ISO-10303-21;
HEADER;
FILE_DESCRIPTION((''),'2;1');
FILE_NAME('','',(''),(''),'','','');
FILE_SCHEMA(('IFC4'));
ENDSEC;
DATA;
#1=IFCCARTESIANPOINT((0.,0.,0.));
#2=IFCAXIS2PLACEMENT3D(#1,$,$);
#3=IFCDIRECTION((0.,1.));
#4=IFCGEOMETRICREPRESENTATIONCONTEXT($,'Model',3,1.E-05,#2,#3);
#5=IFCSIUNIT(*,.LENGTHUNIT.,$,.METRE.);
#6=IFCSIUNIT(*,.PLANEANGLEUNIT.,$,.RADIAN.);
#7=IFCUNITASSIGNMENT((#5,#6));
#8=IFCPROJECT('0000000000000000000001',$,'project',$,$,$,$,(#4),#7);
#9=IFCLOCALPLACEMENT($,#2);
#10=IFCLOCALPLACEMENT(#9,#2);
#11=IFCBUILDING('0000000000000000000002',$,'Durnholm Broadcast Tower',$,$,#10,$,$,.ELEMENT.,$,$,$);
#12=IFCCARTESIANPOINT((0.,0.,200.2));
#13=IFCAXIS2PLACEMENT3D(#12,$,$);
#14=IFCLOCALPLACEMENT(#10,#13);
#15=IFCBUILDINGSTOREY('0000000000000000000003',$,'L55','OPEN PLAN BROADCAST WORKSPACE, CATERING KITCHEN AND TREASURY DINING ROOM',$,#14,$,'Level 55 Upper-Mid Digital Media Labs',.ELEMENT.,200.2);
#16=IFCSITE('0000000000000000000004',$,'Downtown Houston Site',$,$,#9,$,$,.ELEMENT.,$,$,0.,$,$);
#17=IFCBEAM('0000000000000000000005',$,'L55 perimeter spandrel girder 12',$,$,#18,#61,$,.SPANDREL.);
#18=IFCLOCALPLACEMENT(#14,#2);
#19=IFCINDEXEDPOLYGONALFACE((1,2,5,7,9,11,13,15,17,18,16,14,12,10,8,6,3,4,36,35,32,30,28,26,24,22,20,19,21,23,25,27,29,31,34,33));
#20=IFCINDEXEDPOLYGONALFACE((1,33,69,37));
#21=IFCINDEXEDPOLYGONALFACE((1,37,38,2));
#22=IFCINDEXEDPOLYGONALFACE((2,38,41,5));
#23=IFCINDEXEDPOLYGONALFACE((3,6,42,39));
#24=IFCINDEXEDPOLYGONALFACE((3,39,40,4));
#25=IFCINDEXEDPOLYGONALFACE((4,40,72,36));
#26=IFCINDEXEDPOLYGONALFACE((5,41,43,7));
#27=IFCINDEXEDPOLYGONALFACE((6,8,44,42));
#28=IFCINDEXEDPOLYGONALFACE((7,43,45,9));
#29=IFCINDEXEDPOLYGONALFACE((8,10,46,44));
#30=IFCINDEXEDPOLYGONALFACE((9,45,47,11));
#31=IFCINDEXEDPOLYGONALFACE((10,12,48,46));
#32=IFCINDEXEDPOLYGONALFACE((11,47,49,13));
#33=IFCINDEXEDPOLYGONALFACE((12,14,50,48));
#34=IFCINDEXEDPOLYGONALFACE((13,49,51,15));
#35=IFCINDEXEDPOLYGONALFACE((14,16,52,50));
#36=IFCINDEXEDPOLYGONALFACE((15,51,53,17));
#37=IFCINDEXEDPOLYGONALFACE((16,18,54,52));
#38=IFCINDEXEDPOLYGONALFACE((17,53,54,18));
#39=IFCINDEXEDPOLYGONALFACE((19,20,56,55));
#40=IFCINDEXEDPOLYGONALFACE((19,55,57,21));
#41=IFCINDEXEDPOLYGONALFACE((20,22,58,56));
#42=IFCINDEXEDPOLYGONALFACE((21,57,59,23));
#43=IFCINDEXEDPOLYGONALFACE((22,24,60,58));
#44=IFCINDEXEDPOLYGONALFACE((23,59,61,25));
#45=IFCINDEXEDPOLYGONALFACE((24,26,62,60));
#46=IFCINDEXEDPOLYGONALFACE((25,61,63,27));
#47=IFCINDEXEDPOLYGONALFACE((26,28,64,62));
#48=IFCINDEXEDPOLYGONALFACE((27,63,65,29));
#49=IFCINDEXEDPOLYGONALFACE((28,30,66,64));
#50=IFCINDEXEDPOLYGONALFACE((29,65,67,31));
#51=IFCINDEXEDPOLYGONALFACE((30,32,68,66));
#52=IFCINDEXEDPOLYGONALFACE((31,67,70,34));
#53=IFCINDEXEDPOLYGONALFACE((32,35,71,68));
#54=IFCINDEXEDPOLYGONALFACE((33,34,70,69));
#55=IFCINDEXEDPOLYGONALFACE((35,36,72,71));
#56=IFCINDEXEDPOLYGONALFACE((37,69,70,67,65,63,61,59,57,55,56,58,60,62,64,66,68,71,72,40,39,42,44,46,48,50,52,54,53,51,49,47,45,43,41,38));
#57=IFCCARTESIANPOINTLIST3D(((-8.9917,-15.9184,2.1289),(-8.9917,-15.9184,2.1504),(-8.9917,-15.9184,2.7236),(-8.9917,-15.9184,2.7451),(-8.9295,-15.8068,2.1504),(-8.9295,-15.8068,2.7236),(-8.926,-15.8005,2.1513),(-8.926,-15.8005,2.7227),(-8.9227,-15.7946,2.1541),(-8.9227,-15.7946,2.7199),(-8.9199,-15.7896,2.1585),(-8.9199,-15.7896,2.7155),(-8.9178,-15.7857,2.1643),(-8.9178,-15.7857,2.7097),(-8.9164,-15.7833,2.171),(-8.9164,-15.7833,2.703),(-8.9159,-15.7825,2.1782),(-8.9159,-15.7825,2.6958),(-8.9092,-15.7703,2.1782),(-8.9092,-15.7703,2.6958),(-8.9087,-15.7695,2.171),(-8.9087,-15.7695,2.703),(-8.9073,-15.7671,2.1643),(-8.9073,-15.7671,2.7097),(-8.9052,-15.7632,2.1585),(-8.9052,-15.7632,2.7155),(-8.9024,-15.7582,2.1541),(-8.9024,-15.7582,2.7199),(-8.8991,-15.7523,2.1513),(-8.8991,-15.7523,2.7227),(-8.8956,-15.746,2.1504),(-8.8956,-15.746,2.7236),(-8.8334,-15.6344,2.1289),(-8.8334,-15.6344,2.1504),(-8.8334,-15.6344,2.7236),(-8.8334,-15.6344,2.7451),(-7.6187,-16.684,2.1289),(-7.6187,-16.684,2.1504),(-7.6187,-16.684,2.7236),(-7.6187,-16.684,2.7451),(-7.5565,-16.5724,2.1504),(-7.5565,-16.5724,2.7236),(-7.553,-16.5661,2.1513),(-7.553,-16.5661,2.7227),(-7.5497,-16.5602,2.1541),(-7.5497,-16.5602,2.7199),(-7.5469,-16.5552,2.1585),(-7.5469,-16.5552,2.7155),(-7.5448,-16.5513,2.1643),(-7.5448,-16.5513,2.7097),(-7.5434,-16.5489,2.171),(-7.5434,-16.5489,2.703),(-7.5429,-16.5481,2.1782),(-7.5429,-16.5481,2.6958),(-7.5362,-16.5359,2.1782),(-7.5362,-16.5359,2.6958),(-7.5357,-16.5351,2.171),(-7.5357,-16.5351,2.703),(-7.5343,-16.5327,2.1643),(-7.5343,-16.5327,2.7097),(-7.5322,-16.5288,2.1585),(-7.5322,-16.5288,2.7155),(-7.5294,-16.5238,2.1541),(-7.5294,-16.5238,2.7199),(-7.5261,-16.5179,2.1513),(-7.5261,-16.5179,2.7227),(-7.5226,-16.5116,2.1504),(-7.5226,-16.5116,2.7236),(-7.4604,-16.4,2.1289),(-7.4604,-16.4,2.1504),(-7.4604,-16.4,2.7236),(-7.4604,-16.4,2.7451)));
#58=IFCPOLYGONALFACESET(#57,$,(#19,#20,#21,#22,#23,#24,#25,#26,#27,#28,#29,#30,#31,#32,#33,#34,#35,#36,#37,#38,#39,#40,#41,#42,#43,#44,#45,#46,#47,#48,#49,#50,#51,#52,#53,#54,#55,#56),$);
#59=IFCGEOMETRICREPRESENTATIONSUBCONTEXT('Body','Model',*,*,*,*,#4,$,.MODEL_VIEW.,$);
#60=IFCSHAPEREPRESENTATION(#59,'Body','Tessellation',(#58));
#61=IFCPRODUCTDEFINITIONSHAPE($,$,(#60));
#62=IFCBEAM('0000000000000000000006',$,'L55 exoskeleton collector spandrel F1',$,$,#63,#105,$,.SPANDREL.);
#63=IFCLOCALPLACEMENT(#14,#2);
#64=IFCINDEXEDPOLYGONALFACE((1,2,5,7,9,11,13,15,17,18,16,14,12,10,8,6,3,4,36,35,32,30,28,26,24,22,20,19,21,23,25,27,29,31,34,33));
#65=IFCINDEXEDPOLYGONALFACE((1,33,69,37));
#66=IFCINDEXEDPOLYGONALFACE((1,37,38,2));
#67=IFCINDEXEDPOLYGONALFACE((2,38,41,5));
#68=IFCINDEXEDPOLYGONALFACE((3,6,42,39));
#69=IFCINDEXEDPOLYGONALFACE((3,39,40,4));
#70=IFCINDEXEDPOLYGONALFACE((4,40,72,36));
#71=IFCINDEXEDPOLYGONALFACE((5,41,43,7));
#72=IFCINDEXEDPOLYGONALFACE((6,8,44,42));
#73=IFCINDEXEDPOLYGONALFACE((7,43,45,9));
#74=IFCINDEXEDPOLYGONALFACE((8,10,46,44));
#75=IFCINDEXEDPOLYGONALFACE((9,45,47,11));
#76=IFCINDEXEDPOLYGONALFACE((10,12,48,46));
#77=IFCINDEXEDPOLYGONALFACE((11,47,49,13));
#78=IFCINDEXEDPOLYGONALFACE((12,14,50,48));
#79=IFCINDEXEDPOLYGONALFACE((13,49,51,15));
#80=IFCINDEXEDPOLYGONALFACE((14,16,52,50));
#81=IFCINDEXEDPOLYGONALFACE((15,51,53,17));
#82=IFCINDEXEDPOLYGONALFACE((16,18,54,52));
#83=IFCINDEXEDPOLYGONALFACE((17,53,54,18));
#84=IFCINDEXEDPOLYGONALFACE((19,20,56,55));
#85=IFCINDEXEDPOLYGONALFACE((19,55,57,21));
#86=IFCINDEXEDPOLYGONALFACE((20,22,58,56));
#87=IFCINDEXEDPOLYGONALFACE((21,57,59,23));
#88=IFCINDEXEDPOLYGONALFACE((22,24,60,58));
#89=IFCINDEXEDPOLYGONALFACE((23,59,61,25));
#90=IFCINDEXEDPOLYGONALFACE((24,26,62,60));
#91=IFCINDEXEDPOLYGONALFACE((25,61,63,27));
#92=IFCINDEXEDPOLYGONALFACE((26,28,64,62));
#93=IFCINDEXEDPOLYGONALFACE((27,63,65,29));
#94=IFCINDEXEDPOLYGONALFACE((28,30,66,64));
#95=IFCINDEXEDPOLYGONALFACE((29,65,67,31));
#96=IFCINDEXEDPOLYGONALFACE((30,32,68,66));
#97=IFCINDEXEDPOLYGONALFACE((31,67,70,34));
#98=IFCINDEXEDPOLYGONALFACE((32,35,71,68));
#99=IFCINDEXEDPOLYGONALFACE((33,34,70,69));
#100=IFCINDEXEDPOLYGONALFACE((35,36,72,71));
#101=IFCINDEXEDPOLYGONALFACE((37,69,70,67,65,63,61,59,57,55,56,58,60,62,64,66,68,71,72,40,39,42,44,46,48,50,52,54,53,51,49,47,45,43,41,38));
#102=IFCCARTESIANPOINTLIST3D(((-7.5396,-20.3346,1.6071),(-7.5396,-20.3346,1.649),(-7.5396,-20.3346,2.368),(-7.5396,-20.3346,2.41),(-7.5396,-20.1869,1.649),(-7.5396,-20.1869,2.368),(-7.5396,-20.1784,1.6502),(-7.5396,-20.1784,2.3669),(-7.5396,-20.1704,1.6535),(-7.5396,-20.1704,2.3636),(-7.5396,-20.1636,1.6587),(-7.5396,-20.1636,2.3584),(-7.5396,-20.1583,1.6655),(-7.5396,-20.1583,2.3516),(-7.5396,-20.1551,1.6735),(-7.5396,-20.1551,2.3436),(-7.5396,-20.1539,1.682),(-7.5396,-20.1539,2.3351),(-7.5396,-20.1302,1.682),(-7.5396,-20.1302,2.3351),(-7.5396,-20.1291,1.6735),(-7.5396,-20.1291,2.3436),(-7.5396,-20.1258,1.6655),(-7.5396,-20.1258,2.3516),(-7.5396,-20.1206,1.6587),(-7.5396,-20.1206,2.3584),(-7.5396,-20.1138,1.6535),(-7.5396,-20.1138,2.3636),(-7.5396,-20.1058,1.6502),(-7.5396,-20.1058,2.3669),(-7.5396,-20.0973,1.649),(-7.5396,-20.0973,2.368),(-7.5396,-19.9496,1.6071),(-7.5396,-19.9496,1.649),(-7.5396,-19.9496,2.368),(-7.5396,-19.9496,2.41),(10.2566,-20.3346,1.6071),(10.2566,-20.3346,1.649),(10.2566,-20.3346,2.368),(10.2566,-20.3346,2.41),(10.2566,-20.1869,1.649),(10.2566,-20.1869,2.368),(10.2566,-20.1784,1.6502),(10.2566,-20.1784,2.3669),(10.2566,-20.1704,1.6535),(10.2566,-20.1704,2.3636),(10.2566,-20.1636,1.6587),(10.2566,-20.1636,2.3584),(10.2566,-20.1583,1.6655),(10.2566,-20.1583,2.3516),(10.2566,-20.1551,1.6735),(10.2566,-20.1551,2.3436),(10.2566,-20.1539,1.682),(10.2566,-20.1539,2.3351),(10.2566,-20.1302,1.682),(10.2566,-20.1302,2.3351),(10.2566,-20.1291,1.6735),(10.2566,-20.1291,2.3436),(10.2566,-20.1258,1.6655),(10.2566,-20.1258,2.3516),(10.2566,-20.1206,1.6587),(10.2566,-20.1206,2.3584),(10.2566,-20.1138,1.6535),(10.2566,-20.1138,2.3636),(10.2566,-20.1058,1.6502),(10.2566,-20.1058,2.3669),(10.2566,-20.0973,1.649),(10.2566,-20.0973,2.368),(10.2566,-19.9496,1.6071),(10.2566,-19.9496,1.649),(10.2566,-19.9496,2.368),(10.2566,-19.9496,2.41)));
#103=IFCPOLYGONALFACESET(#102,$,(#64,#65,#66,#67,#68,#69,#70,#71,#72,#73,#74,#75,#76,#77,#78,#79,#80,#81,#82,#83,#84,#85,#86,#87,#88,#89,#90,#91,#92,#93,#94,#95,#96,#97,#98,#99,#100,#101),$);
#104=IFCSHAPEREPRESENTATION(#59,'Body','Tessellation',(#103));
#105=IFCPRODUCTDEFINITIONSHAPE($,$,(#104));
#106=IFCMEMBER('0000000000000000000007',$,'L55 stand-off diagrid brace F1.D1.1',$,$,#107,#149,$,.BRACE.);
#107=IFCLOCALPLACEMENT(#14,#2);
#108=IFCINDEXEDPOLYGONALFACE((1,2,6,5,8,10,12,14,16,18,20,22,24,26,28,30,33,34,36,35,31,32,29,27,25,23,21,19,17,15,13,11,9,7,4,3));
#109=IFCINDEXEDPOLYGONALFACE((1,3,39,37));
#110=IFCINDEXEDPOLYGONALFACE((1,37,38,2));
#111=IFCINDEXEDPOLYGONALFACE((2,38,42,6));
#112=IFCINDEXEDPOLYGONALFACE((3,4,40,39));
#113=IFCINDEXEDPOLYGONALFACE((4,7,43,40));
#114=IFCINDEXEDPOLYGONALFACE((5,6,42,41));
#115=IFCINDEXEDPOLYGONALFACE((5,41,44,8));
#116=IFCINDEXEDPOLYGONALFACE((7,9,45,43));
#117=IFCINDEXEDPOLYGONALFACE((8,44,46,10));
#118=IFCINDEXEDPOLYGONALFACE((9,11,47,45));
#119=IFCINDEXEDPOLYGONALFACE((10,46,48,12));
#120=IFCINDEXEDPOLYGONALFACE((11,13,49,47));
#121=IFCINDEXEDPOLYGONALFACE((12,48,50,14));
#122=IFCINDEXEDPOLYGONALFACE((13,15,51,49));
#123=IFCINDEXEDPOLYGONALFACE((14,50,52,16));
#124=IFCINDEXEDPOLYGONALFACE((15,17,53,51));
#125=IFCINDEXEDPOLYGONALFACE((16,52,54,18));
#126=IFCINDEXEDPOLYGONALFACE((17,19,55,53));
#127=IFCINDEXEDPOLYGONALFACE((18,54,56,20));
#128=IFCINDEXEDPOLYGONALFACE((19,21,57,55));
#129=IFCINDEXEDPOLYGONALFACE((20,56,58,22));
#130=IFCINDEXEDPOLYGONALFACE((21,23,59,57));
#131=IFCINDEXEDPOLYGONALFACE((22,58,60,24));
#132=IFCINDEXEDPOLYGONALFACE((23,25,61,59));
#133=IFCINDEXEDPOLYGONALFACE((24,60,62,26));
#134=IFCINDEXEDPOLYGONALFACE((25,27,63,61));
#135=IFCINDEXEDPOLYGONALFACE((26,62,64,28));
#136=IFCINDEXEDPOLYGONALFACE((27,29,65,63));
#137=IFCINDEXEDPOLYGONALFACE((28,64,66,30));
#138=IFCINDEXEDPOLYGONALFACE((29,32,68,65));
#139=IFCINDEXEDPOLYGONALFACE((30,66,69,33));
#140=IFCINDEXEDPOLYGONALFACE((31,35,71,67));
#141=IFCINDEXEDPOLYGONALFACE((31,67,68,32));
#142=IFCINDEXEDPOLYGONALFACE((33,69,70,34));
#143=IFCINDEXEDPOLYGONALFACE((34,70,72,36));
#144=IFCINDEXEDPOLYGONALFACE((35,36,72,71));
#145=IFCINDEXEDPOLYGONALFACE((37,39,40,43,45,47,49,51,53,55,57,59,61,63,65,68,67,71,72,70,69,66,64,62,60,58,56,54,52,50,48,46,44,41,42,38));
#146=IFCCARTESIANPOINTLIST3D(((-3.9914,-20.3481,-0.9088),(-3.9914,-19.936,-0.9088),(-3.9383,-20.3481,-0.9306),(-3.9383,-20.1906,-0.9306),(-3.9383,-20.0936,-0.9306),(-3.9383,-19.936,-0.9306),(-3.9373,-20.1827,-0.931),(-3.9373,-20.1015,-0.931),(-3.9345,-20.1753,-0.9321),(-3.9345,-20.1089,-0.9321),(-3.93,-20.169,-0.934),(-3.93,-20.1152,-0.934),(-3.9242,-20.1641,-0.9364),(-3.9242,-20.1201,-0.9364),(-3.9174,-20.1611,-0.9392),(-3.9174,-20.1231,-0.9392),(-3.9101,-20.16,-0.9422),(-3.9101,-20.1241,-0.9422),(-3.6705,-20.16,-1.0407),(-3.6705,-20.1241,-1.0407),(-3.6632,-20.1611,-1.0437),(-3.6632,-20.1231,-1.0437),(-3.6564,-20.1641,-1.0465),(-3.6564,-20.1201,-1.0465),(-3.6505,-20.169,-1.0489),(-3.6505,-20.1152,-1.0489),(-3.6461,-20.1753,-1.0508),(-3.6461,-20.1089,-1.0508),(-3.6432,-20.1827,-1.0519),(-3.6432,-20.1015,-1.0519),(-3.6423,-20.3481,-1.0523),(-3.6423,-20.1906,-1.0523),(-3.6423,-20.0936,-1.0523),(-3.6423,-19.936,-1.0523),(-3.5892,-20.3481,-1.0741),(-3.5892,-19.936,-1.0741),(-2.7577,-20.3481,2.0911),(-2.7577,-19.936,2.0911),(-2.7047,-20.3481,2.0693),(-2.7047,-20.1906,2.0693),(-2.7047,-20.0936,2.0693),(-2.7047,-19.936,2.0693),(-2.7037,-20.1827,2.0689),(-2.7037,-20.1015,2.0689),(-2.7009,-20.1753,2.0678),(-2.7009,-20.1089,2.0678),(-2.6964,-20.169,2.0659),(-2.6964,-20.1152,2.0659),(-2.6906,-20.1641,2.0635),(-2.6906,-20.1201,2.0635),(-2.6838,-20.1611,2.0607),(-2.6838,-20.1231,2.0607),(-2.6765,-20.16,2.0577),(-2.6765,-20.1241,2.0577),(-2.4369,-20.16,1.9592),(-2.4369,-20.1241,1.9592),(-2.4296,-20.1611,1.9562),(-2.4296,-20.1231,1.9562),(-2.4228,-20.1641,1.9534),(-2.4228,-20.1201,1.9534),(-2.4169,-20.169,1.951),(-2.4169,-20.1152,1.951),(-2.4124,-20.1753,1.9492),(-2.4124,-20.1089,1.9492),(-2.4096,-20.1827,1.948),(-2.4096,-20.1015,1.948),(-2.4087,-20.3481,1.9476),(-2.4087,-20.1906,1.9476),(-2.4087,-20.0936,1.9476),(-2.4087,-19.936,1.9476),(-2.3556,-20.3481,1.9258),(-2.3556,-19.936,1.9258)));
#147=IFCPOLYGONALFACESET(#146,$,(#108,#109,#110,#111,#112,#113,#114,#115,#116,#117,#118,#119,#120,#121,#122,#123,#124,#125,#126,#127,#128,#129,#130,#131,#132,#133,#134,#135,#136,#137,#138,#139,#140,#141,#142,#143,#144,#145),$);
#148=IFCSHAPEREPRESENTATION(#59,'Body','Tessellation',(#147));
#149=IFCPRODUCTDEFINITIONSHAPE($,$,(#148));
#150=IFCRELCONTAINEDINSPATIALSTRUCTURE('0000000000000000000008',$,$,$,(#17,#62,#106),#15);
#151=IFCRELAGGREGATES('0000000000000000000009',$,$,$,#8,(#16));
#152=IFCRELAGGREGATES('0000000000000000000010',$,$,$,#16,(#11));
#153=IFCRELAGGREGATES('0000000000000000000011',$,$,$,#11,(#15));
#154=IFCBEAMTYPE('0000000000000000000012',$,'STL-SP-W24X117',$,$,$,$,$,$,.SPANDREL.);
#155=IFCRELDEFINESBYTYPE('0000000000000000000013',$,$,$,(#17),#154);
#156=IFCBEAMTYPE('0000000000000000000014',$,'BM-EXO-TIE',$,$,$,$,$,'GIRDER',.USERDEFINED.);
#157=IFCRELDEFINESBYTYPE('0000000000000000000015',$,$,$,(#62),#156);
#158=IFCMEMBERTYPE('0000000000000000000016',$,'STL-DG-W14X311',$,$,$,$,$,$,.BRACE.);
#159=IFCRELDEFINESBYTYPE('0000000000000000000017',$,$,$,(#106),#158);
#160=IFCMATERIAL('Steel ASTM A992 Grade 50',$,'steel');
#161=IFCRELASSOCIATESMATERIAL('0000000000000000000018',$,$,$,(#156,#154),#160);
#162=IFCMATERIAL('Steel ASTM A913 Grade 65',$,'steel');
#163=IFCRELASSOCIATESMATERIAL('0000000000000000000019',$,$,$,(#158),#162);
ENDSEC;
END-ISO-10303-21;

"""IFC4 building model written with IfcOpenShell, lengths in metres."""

from ifc_helpers import new_model, si_unit, direction, frame, origin, origin_2d, place, context, subcontext, project, spatial, i_section, extrude, source, transform, mapped, material, material_profile, profile_set, type_object, element, save


model = new_model("IFC4")

# Units and contexts
model_context = context("Model", 3, precision=1e-05, world=origin(), true_north=direction((0.0, 1.0)))
body_context = subcontext(model_context, "Body", "Model", "MODEL_VIEW")
ifc_project = project(units=[si_unit("LENGTHUNIT", "METRE"), si_unit("PLANEANGLEUNIT", "RADIAN")], contexts=[model_context])

# Site, building, storey
site_placement = place(None, origin())
site = spatial("IfcSite", under=ifc_project, at=site_placement, Name="Downtown Houston Site", CompositionType="ELEMENT", RefElevation=0.0)
building_placement = place(site_placement, origin())
building = spatial("IfcBuilding", under=site, at=building_placement, Name="Durnholm Broadcast Tower", CompositionType="ELEMENT")
storey_placement = place(building_placement, frame((0.0, 0.0, 200.2)))
storey = spatial("IfcBuildingStorey", under=building, at=storey_placement, Name="L55", Description="OPEN PLAN BROADCAST WORKSPACE, CATERING KITCHEN AND TREASURY DINING ROOM", LongName="Level 55 Upper-Mid Digital Media Labs", CompositionType="ELEMENT", Elevation=200.2)

# Beams
ifc_material_1 = material(Name="Steel ASTM A992 Grade 50", Category="steel")
ifc_material_profile_1 = material_profile(ifc_material_1, i_section(OverallWidth=0.385, OverallDepth=0.803, WebThickness=0.0237, FlangeThickness=0.042, FilletRadius=0.033, at=origin_2d()), Name="W30X261")
ifc_profile_set_1 = profile_set([ifc_material_profile_1], Name="Steel ASTM A992 Grade 50")
beam_type_1 = type_object("IfcBeamType", Name="BM-EXO-TIE", ElementType="GIRDER", PredefinedType="USERDEFINED", material=ifc_profile_set_1)
ifc_material_profile_2 = material_profile(ifc_material_1, i_section(OverallWidth=0.3252, OverallDepth=0.6162, WebThickness=0.0139, FlangeThickness=0.0215, FilletRadius=0.0278, at=origin_2d()), Name="W24X117")
ifc_profile_set_2 = profile_set([ifc_material_profile_2], Name="Steel ASTM A992 Grade 50")
beam_type_2 = type_object("IfcBeamType", Name="STL-SP-W24X117", PredefinedType="SPANDREL", material=ifc_profile_set_2)
shared_shape_1 = source(origin(), body_context, "Body", "SweptSolid", [
    extrude(i_section(OverallWidth=0.3252, OverallDepth=0.6162, WebThickness=0.0139, FlangeThickness=0.0215, FilletRadius=0.0278, at=origin_2d()), origin(), (0.0, 0.0, 1.0), 1.572),
])
beam_1_placement = place(storey_placement, frame((-7.5396, -16.542, 2.437), z_axis=(-0.873394, 0.487014, 0.0), x_axis=(-0.487014, -0.873394, 0.0)))
element("IfcBeam", 1, at=beam_1_placement, inside=storey, type_object=beam_type_2, Name="L55 perimeter spandrel girder 12", PredefinedType="SPANDREL", context=body_context, shape_type="MappedRepresentation", body=[
    mapped(shared_shape_1, transform((0.0, 0.0, 0.0), x_axis=(1.0, 0.0, 0.0), y_axis=(0.0, 1.0, 0.0), z_axis=(0.0, 0.0, 1.0), scale=1.0)),
])
shared_shape_2 = source(origin(), body_context, "Body", "SweptSolid", [
    extrude(i_section(OverallWidth=0.385, OverallDepth=0.803, WebThickness=0.0237, FlangeThickness=0.042, FilletRadius=0.033, at=origin_2d()), origin(), (0.0, 0.0, 1.0), 17.7961),
])
beam_2_placement = place(storey_placement, frame((-7.5396, -20.1421, 2.0085), z_axis=(1.0, 0.0, 0.0), x_axis=(0.0, 1.0, 0.0)))
element("IfcBeam", 2, at=beam_2_placement, inside=storey, type_object=beam_type_1, Name="L55 exoskeleton collector spandrel F1", PredefinedType="SPANDREL", context=body_context, shape_type="MappedRepresentation", body=[
    mapped(shared_shape_2, transform((0.0, 0.0, 0.0), x_axis=(1.0, 0.0, 0.0), y_axis=(0.0, 1.0, 0.0), z_axis=(0.0, 0.0, 1.0), scale=1.0)),
])

# Member
ifc_material_2 = material(Name="Steel ASTM A913 Grade 65", Category="steel")
ifc_material_profile_3 = material_profile(ifc_material_2, i_section(OverallWidth=0.4121, OverallDepth=0.4348, WebThickness=0.0359, FlangeThickness=0.0574, FilletRadius=0.0305, at=origin_2d()), Name="W14X311")
ifc_profile_set_3 = profile_set([ifc_material_profile_3], Name="Steel ASTM A913 Grade 65")
member_type_1 = type_object("IfcMemberType", Name="STL-DG-W14X311", PredefinedType="BRACE", material=ifc_profile_set_3)
shared_shape_3 = source(origin(), body_context, "Body", "SweptSolid", [
    extrude(i_section(OverallWidth=0.4121, OverallDepth=0.4348, WebThickness=0.0359, FlangeThickness=0.0574, FilletRadius=0.0305, at=origin_2d()), origin(), (0.0, 0.0, 1.0), 3.2437),
])
member_1_placement = place(storey_placement, frame((-3.7903, -20.1421, -0.9915), z_axis=(0.380314, 0.0, 0.924857), x_axis=(0.0, 1.0, 0.0)))
element("IfcMember", 3, at=member_1_placement, inside=storey, type_object=member_type_1, Name="L55 stand-off diagrid brace F1.D1.1", PredefinedType="BRACE", context=body_context, shape_type="MappedRepresentation", body=[
    mapped(shared_shape_3, transform((0.0, 0.0, 0.0), x_axis=(1.0, 0.0, 0.0), y_axis=(0.0, 1.0, 0.0), z_axis=(0.0, 0.0, 1.0), scale=1.0)),
])

save(model, "model.ifc")
